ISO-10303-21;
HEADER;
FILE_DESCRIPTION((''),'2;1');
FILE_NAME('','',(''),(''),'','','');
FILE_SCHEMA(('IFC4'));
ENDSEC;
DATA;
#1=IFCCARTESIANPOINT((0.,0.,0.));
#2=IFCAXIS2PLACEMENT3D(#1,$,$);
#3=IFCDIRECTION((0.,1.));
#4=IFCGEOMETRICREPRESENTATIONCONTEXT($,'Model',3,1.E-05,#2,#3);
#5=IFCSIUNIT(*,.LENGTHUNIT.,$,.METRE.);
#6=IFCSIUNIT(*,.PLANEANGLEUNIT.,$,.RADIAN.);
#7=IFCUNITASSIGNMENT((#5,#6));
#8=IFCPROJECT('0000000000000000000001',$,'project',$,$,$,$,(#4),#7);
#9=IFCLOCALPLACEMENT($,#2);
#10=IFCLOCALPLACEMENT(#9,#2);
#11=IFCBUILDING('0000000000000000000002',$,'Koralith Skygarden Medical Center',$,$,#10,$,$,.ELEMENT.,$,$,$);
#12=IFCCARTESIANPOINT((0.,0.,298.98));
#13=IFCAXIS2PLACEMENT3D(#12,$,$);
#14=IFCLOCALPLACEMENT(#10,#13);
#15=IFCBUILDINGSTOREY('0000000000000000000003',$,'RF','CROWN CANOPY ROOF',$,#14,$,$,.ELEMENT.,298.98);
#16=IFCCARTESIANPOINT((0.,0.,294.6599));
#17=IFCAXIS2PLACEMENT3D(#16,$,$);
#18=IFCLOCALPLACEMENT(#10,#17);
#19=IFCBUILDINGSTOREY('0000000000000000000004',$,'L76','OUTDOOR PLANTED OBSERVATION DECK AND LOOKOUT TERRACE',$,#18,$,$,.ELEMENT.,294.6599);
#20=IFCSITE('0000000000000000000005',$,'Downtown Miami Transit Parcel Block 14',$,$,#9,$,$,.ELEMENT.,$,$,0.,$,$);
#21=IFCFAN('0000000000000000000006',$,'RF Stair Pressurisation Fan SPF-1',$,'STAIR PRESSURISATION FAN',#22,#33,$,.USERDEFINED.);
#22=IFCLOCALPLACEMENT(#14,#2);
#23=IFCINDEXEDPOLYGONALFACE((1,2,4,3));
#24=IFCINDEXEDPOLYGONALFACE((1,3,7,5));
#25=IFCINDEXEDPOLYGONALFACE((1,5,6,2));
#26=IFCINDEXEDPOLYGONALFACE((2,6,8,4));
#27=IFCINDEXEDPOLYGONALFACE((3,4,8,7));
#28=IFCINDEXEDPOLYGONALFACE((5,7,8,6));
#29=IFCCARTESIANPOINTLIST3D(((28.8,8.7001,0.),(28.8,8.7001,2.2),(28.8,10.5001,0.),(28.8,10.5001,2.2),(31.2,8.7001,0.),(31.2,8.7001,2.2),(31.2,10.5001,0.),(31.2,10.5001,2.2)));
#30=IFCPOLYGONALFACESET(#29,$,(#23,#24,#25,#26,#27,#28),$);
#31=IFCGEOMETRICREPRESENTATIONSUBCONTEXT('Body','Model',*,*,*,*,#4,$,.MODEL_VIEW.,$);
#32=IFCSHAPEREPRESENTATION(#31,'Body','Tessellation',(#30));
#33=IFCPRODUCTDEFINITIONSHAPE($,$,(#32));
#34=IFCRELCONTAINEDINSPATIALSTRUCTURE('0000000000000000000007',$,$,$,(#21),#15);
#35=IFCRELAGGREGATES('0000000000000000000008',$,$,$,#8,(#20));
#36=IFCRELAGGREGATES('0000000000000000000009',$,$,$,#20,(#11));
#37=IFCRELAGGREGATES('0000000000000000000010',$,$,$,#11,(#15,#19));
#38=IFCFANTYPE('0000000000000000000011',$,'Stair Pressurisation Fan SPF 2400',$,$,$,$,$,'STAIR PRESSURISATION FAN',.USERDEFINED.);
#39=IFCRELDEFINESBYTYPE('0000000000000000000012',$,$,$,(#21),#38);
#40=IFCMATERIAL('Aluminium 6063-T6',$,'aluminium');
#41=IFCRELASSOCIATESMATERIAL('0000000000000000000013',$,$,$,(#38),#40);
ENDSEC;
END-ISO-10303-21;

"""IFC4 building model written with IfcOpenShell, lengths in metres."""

from ifc_helpers import new_model, si_unit, direction, frame, origin, origin_2d, place, context, subcontext, project, spatial, rectangle, extrude, material, type_object, element, save


model = new_model("IFC4")

# Units and contexts
model_context = context("Model", 3, precision=1e-05, world=origin(), true_north=direction((0.0, 1.0)))
body_context = subcontext(model_context, "Body", "Model", "MODEL_VIEW")
ifc_project = project(units=[si_unit("LENGTHUNIT", "METRE"), si_unit("PLANEANGLEUNIT", "RADIAN")], contexts=[model_context])

# Site, building, storey
site_placement = place(None, origin())
site = spatial("IfcSite", under=ifc_project, at=site_placement, Name="Downtown Miami Transit Parcel Block 14", CompositionType="ELEMENT", RefElevation=0.0)
building_placement = place(site_placement, origin())
building = spatial("IfcBuilding", under=site, at=building_placement, Name="Koralith Skygarden Medical Center", CompositionType="ELEMENT")
storey_1_placement = place(building_placement, frame((0.0, 0.0, 298.98)))
storey_1 = spatial("IfcBuildingStorey", under=building, at=storey_1_placement, Name="RF", Description="CROWN CANOPY ROOF", CompositionType="ELEMENT", Elevation=298.98)

# Shared definitions
storey_2_placement = place(building_placement, frame((0.0, 0.0, 294.6599)))
storey_2 = spatial("IfcBuildingStorey", under=building, at=storey_2_placement, Name="L76", Description="OUTDOOR PLANTED OBSERVATION DECK AND LOOKOUT TERRACE", CompositionType="ELEMENT", Elevation=294.6599)

# Shared definitions
ifc_material_1 = material(Name="Aluminium 6063-T6", Category="aluminium")

# Fan
fan_type = type_object("IfcFanType", Name="Stair Pressurisation Fan SPF 2400", ElementType="STAIR PRESSURISATION FAN", PredefinedType="USERDEFINED", material=ifc_material_1)
fan_placement = place(storey_1_placement, frame((30.0, 9.6001, 0.0), z_axis=(0.0, 0.0, 1.0), x_axis=(1.0, 0.0, 0.0)))
element("IfcFan", 1, at=fan_placement, inside=storey_1, type_object=fan_type, Name="RF Stair Pressurisation Fan SPF-1", ObjectType="STAIR PRESSURISATION FAN", PredefinedType="USERDEFINED", context=body_context, shape_type="SweptSolid", body=[
    extrude(rectangle(XDim=2.3999, YDim=1.8, at=origin_2d()), origin(), (0.0, 0.0, 1.0), 2.2),
])

save(model, "model.ifc")
